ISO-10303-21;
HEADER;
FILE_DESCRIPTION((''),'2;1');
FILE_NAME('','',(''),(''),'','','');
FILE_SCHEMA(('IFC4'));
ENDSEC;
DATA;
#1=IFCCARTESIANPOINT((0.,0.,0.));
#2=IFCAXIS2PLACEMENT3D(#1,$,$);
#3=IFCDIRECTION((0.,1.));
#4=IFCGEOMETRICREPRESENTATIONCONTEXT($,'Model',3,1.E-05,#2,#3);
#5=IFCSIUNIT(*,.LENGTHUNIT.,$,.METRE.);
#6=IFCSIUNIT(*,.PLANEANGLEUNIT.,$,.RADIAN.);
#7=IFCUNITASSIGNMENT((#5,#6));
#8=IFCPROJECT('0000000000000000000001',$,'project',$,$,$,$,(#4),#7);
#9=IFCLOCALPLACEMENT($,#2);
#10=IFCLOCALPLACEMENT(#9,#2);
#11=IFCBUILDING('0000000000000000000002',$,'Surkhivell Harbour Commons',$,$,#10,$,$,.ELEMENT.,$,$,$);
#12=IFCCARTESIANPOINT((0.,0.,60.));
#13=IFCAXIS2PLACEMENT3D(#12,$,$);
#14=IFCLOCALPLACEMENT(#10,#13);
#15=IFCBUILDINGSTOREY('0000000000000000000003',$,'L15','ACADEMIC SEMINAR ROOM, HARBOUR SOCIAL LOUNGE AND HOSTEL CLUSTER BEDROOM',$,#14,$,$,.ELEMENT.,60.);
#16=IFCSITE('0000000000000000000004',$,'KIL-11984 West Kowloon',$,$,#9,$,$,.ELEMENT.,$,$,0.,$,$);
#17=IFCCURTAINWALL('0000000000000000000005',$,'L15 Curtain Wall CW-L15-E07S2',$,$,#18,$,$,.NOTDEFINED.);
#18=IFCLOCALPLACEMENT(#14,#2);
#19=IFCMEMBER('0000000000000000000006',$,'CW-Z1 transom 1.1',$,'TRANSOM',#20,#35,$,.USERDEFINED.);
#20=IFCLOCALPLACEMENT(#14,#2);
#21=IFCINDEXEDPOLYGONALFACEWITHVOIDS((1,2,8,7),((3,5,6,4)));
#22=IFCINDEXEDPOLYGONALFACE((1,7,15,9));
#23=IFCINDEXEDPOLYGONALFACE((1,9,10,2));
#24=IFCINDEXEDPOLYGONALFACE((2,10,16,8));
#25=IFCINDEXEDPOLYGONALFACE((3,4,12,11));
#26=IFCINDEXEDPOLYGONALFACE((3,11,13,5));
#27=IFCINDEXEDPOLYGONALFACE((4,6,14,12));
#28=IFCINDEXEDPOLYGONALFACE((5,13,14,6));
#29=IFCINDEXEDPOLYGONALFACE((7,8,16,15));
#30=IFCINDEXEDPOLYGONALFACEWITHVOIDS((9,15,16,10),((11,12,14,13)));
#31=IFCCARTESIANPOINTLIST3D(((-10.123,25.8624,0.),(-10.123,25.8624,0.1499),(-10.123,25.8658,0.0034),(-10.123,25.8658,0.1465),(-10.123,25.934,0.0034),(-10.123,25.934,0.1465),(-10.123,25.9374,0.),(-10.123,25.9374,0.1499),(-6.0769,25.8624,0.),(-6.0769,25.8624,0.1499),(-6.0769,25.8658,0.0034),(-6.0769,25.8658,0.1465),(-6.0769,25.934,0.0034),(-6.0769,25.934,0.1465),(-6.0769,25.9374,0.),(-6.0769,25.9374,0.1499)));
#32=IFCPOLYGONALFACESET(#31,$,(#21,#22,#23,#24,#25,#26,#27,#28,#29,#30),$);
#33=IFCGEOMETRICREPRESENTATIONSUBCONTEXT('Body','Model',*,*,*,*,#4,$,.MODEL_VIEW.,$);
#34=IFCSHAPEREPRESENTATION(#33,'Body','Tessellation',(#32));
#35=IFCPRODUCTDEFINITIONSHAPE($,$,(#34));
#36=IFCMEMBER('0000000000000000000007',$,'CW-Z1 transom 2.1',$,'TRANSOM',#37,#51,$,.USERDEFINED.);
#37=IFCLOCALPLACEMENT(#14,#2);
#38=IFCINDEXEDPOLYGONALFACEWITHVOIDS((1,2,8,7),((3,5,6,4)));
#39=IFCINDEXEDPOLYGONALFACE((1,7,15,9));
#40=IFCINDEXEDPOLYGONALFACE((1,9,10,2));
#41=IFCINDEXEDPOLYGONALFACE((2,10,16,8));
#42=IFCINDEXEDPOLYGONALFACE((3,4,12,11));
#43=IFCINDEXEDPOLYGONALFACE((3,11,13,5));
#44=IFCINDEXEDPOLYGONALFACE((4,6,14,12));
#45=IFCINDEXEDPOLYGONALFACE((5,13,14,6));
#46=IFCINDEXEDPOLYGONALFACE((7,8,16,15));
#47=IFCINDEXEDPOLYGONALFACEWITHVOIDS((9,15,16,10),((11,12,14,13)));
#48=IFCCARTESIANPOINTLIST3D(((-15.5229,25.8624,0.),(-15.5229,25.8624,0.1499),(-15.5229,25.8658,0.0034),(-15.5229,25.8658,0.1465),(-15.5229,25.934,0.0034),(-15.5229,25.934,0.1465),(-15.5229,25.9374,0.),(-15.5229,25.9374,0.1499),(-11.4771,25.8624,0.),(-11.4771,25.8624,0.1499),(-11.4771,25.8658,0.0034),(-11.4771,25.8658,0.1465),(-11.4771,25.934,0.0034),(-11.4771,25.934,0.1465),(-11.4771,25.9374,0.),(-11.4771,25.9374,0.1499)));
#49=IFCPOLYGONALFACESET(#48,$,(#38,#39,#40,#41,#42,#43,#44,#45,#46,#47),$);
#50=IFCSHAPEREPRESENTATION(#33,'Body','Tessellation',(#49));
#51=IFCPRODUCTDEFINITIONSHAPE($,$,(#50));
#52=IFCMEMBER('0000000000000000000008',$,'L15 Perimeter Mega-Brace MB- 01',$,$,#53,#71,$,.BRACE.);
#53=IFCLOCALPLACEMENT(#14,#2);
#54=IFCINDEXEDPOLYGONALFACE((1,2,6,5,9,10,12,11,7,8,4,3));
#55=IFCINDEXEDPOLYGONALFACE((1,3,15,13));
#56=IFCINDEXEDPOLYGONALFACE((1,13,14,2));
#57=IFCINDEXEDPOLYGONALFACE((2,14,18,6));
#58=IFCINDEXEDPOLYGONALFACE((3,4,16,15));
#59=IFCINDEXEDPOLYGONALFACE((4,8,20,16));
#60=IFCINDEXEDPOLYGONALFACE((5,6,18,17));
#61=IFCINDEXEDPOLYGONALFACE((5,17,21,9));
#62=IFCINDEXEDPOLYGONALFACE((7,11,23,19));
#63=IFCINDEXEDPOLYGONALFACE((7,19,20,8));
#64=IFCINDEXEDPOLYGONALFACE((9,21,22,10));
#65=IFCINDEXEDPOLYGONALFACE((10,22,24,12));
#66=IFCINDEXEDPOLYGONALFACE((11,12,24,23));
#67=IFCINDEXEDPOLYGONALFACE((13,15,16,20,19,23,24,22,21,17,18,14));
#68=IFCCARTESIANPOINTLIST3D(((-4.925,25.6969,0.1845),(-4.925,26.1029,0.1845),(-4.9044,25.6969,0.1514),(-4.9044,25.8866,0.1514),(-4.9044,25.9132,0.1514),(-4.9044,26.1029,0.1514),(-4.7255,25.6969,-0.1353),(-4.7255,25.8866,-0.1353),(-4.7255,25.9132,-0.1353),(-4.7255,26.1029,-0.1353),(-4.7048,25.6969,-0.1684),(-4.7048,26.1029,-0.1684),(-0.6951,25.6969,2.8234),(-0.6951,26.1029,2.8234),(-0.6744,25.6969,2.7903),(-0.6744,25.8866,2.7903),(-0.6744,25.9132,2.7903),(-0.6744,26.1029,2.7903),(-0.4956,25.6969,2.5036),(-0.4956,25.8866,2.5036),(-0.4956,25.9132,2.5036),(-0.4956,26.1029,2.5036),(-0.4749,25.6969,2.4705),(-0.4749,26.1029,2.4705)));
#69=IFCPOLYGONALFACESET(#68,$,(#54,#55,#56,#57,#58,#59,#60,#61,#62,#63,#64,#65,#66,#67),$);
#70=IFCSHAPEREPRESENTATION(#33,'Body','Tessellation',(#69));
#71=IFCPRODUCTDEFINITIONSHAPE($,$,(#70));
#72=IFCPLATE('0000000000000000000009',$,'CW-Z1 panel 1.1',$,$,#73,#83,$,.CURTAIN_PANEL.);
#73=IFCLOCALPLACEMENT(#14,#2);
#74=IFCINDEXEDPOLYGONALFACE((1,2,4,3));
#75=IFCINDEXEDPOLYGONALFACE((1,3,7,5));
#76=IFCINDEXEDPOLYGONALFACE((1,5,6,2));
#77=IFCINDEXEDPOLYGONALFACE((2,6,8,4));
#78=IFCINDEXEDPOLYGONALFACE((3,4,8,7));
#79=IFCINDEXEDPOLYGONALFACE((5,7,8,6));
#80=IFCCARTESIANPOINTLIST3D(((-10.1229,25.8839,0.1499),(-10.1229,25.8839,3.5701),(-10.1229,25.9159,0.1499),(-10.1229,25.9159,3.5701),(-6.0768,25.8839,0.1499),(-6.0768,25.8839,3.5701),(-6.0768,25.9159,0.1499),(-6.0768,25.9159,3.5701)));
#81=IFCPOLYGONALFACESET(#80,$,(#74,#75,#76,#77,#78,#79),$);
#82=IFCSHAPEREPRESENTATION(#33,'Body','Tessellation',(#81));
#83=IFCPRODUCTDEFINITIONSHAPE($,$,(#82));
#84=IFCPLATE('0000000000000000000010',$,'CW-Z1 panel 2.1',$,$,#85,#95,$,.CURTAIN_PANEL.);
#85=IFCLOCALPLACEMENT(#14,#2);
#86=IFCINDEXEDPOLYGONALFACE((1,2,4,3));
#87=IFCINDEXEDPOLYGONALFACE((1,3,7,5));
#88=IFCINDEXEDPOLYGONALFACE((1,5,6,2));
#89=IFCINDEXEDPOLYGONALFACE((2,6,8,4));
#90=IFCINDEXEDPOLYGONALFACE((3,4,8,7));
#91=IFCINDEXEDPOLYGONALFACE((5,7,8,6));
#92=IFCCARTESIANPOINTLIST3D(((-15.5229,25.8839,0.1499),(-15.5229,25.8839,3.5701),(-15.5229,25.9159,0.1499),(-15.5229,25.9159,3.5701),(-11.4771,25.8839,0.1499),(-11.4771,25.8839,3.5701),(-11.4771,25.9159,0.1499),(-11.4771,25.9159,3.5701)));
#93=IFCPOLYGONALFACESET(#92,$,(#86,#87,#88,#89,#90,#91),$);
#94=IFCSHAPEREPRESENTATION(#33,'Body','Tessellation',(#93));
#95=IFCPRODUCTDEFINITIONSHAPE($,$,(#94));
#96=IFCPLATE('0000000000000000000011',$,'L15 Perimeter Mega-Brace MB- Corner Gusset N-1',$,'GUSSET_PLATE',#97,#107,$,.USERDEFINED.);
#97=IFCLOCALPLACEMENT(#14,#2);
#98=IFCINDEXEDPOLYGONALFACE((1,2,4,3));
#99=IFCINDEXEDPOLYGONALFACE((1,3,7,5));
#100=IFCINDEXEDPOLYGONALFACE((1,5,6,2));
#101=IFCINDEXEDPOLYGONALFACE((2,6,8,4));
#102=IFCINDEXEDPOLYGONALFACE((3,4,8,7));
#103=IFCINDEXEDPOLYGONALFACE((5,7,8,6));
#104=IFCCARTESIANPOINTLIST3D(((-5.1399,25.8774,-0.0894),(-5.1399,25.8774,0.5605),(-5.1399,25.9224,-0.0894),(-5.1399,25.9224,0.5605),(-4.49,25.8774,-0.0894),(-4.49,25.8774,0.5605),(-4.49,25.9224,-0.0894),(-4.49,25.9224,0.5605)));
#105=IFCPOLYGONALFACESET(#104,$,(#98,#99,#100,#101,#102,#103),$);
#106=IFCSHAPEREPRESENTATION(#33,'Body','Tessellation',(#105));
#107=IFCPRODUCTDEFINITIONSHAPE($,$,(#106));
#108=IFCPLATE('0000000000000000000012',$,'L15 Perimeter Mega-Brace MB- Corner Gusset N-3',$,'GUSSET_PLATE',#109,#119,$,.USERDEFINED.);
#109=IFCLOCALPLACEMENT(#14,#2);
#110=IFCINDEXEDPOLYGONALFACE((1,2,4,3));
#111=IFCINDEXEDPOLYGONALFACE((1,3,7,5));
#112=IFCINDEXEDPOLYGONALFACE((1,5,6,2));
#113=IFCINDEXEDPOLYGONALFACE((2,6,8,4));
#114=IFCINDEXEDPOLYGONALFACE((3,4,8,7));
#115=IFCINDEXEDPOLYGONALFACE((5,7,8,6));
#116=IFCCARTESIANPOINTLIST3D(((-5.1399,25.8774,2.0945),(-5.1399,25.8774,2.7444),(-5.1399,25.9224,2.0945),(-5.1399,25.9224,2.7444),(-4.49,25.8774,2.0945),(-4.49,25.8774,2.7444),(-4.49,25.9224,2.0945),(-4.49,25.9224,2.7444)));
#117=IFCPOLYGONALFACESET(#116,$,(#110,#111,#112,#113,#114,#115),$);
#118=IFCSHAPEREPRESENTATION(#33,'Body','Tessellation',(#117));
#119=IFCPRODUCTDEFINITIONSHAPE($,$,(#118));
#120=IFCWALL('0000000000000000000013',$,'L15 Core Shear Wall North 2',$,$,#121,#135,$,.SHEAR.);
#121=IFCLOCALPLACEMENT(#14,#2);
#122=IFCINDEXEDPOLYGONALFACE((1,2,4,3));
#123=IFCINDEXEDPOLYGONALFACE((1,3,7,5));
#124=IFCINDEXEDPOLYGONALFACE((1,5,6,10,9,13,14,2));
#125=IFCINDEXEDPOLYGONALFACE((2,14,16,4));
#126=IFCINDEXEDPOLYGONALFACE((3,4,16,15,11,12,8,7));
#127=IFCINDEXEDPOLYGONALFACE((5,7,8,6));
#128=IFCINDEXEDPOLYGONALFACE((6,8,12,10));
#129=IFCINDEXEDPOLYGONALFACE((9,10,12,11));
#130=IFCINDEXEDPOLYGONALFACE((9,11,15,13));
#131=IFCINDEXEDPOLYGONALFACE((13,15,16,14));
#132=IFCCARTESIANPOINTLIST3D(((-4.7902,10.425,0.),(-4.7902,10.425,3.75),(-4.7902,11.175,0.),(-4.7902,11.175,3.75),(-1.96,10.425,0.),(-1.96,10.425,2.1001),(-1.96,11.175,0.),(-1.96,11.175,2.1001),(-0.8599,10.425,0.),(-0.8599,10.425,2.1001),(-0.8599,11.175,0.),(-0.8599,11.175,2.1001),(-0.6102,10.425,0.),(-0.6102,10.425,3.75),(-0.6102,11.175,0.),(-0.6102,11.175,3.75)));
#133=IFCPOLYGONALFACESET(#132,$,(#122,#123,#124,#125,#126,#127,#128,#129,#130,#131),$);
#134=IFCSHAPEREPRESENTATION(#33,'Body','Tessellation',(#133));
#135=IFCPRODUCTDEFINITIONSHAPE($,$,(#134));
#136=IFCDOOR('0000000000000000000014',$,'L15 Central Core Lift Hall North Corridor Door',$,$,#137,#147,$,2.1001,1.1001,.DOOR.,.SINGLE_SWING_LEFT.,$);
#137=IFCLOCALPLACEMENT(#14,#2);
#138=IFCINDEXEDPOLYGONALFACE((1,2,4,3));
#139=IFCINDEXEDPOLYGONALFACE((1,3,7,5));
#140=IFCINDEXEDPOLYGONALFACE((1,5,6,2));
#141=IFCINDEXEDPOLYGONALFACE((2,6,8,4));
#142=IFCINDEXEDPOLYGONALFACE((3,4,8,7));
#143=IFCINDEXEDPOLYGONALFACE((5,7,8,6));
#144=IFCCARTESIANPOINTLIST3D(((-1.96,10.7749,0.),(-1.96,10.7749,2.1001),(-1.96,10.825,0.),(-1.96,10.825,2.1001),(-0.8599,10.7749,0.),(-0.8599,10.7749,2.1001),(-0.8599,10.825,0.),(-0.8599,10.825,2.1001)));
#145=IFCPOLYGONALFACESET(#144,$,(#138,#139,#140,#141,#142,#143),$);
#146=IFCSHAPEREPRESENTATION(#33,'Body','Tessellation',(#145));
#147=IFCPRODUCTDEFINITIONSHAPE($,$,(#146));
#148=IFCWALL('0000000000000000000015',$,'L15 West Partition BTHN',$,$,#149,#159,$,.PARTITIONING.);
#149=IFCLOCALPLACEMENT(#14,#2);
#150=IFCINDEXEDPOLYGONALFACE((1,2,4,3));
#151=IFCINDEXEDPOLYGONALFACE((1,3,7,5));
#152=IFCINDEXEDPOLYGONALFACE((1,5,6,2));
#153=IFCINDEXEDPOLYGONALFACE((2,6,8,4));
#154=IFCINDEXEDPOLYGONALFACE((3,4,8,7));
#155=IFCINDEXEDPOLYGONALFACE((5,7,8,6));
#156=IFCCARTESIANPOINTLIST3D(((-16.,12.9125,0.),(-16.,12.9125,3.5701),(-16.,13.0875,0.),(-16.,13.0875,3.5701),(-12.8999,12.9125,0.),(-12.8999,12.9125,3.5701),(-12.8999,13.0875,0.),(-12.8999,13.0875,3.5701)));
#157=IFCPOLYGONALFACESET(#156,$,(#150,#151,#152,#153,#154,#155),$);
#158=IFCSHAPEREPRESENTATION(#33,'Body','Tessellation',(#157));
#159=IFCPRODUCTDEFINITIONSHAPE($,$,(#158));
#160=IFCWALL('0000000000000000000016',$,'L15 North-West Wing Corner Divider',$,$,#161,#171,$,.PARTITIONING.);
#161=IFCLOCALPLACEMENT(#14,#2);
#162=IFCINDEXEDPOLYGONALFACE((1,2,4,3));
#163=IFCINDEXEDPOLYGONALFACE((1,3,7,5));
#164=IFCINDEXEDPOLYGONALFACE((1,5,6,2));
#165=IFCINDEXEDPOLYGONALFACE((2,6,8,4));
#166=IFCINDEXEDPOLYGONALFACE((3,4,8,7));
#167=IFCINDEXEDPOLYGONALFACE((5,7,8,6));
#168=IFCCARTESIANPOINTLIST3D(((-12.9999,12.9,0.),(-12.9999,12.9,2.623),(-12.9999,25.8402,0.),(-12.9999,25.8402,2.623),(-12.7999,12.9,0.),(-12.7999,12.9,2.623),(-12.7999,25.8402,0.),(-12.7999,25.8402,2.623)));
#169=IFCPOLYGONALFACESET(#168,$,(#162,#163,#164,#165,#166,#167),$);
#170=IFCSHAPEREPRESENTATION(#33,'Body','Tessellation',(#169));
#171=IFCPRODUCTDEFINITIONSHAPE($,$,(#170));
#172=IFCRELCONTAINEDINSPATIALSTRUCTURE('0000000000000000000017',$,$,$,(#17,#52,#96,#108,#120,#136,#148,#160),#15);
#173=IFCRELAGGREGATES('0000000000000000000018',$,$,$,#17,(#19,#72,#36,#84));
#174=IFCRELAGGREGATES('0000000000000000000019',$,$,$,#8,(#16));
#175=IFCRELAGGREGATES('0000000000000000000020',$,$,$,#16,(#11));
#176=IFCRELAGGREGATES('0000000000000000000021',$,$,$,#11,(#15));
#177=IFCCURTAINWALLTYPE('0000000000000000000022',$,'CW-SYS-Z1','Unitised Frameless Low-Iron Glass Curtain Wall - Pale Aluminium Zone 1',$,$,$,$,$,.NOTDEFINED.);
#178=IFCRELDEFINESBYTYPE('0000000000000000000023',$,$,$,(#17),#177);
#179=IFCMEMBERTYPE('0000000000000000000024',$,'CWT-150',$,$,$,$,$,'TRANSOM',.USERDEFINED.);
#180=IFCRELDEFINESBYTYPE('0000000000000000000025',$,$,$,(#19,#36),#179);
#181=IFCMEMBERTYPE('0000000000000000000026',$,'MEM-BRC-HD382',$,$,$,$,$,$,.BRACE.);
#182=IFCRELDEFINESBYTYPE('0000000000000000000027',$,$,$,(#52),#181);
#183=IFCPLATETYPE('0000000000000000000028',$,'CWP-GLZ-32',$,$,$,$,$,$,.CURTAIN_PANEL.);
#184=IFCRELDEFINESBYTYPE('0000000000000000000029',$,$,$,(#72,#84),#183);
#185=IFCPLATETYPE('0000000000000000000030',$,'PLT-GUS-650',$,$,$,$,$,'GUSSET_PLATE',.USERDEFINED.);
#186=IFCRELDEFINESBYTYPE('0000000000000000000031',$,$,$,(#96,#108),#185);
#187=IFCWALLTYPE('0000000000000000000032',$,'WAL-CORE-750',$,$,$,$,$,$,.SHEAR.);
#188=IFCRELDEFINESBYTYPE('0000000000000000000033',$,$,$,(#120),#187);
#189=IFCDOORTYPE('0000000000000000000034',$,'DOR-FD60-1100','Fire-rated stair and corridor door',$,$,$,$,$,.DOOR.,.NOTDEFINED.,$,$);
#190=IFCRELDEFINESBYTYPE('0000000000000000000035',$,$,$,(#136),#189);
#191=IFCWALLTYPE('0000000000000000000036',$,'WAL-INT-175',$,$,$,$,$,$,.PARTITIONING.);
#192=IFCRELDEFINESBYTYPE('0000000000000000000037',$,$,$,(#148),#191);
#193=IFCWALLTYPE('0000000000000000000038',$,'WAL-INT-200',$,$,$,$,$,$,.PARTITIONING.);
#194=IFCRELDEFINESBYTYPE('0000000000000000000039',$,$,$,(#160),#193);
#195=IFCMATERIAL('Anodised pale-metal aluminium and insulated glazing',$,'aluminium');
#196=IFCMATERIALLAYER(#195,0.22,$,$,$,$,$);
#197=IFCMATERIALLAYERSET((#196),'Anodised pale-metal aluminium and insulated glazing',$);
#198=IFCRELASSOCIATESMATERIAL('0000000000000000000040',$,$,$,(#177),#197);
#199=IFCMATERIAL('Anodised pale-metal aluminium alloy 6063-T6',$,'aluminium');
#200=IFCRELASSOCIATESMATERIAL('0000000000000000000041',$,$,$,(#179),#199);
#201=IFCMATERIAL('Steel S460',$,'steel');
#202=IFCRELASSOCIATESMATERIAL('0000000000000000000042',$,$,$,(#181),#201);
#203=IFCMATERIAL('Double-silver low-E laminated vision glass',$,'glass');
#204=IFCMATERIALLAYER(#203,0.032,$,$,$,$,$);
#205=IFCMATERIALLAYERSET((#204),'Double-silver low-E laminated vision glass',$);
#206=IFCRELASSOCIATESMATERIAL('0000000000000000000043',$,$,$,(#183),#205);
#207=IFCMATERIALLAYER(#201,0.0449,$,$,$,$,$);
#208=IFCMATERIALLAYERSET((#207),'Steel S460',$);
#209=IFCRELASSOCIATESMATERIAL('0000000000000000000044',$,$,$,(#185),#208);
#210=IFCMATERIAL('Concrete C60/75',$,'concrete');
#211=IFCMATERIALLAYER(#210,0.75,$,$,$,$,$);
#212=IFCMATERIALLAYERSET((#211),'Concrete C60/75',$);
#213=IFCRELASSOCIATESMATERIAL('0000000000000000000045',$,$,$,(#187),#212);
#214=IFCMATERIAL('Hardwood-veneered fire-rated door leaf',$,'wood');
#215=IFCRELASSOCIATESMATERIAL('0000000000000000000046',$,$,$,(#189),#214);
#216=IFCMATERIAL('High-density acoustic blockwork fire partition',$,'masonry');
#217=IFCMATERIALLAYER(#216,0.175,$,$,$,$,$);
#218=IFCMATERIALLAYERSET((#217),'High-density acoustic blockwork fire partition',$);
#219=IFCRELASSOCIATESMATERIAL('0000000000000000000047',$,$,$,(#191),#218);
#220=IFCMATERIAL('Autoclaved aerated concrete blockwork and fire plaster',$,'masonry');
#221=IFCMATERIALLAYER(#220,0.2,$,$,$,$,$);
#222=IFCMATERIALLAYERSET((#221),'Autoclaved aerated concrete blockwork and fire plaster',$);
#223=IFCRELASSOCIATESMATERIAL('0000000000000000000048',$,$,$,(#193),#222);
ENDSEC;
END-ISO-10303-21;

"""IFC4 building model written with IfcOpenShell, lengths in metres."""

from ifc_helpers import new_model, si_unit, direction, frame, frame_2d, origin, origin_2d, place, context, subcontext, project, spatial, rectangle, hollow_rectangle, i_section, extrude, material, layer, layer_set, material_profile, profile_set, type_object, element, fill, aggregate, save


model = new_model("IFC4")

# Units and contexts
model_context = context("Model", 3, precision=1e-05, world=origin(), true_north=direction((0.0, 1.0)))
body_context = subcontext(model_context, "Body", "Model", "MODEL_VIEW")
ifc_project = project(units=[si_unit("LENGTHUNIT", "METRE"), si_unit("PLANEANGLEUNIT", "RADIAN")], contexts=[model_context])

# Site, building, storey
site_placement = place(None, origin())
site = spatial("IfcSite", under=ifc_project, at=site_placement, Name="KIL-11984 West Kowloon", CompositionType="ELEMENT", RefElevation=0.0)
building_placement = place(site_placement, origin())
building = spatial("IfcBuilding", under=site, at=building_placement, Name="Surkhivell Harbour Commons", CompositionType="ELEMENT")
storey_placement = place(building_placement, frame((0.0, 0.0, 60.0)))
storey = spatial("IfcBuildingStorey", under=building, at=storey_placement, Name="L15", Description="ACADEMIC SEMINAR ROOM, HARBOUR SOCIAL LOUNGE AND HOSTEL CLUSTER BEDROOM", CompositionType="ELEMENT", Elevation=60.0)

# Shared definitions
ifc_material_1 = material(Name="Steel S460", Category="steel")

# Curtain wall, members
ifc_material_2 = material(Name="Anodised pale-metal aluminium and insulated glazing", Category="aluminium")
ifc_layer_1 = layer(ifc_material_2, 0.22)
ifc_layer_set_1 = layer_set([ifc_layer_1], Name="Anodised pale-metal aluminium and insulated glazing")
curtain_wall_type = type_object("IfcCurtainWallType", Name="CW-SYS-Z1", Description="Unitised Frameless Low-Iron Glass Curtain Wall - Pale Aluminium Zone 1", PredefinedType="NOTDEFINED", material=ifc_layer_set_1)
curtain_wall_placement = place(storey_placement, origin())
curtain_wall = element("IfcCurtainWall", 1, at=curtain_wall_placement, inside=storey, type_object=curtain_wall_type, Name="L15 Curtain Wall CW-L15-E07S2", PredefinedType="NOTDEFINED")
ifc_material_3 = material(Name="Anodised pale-metal aluminium alloy 6063-T6", Category="aluminium")
ifc_material_profile_1 = material_profile(ifc_material_3, hollow_rectangle(XDim=0.075, YDim=0.1499, WallThickness=0.0034, at=origin_2d()), Name="ALU-TRAN-75x150")
ifc_profile_set_1 = profile_set([ifc_material_profile_1], Name="Anodised pale-metal aluminium alloy 6063-T6")
member_type_1 = type_object("IfcMemberType", Name="CWT-150", ElementType="TRANSOM", PredefinedType="USERDEFINED", material=ifc_profile_set_1)
member_1_placement = place(storey_placement, frame((-6.0769, 25.8999, 0.075), z_axis=(-1.0, 0.0, 0.0), x_axis=(0.0, -1.0, 0.0)))
member_1 = element("IfcMember", 2, at=member_1_placement, type_object=member_type_1, Name="CW-Z1 transom 1.1", ObjectType="TRANSOM", PredefinedType="USERDEFINED", context=body_context, shape_type="SweptSolid", body=[
    extrude(hollow_rectangle(XDim=0.075, YDim=0.1499, WallThickness=0.0034, at=origin_2d()), origin(), (0.0, 0.0, 1.0), 4.0461),
])
member_2_placement = place(storey_placement, frame((-11.4771, 25.8999, 0.075), z_axis=(-1.0, 0.0, 0.0), x_axis=(0.0, -1.0, 0.0)))
member_2 = element("IfcMember", 3, at=member_2_placement, type_object=member_type_1, Name="CW-Z1 transom 2.1", ObjectType="TRANSOM", PredefinedType="USERDEFINED", context=body_context, shape_type="SweptSolid", body=[
    extrude(hollow_rectangle(XDim=0.075, YDim=0.1499, WallThickness=0.0034, at=origin_2d()), origin(), (0.0, 0.0, 1.0), 4.0459),
])

# Member
ifc_material_profile_2 = material_profile(ifc_material_1, i_section(OverallWidth=0.406, OverallDepth=0.416, WebThickness=0.0266, FlangeThickness=0.0391, at=origin_2d()), Name="HD400x382")
ifc_profile_set_2 = profile_set([ifc_material_profile_2], Name="Steel S460")
member_type_2 = type_object("IfcMemberType", Name="MEM-BRC-HD382", PredefinedType="BRACE", material=ifc_profile_set_2)
member_3_placement = place(storey_placement, frame((-4.8149, 25.8999, 0.0081), z_axis=(0.848433, 0.0, 0.529303), x_axis=(0.0, 1.0, 0.0)))
element("IfcMember", 4, at=member_3_placement, inside=storey, type_object=member_type_2, Name="L15 Perimeter Mega-Brace MB- 01", PredefinedType="BRACE", context=body_context, shape_type="SweptSolid", body=[
    extrude(i_section(OverallWidth=0.406, OverallDepth=0.416, WebThickness=0.0266, FlangeThickness=0.0391, at=origin_2d()), origin(), (0.0, 0.0, 1.0), 4.9856),
])

# Plates
ifc_material_4 = material(Name="Double-silver low-E laminated vision glass", Category="glass")
ifc_layer_2 = layer(ifc_material_4, 0.032)
ifc_layer_set_2 = layer_set([ifc_layer_2], Name="Double-silver low-E laminated vision glass")
plate_type_1 = type_object("IfcPlateType", Name="CWP-GLZ-32", PredefinedType="CURTAIN_PANEL", material=ifc_layer_set_2)
plate_1_placement = place(storey_placement, frame((-6.0769, 25.8999, 0.1499), z_axis=(0.0, 0.0, 1.0), x_axis=(-1.0, 0.0, 0.0)))
plate_1 = element("IfcPlate", 5, at=plate_1_placement, type_object=plate_type_1, Name="CW-Z1 panel 1.1", PredefinedType="CURTAIN_PANEL", context=body_context, shape_type="SweptSolid", body=[
    extrude(rectangle(XDim=4.0461, YDim=0.032, at=frame_2d((2.0229, 0.0))), origin(), (0.0, 0.0, 1.0), 3.4202),
])
plate_2_placement = place(storey_placement, frame((-11.4771, 25.8999, 0.1499), z_axis=(0.0, 0.0, 1.0), x_axis=(-1.0, 0.0, 0.0)))
plate_2 = element("IfcPlate", 6, at=plate_2_placement, type_object=plate_type_1, Name="CW-Z1 panel 2.1", PredefinedType="CURTAIN_PANEL", context=body_context, shape_type="SweptSolid", body=[
    extrude(rectangle(XDim=4.0459, YDim=0.032, at=frame_2d((2.0229, 0.0))), origin(), (0.0, 0.0, 1.0), 3.4202),
])
aggregate(curtain_wall, [member_1, plate_1, member_2, plate_2])

# Plates
ifc_layer_3 = layer(ifc_material_1, 0.0449)
ifc_layer_set_3 = layer_set([ifc_layer_3], Name="Steel S460")
plate_type_2 = type_object("IfcPlateType", Name="PLT-GUS-650", ElementType="GUSSET_PLATE", PredefinedType="USERDEFINED", material=ifc_layer_set_3)
for number, where, z_axis, x_axis, name in (
    (7, (-4.8149, 25.8999, -0.0894), (0.0, 0.0, 1.0), (1.0, 0.0, 0.0), "L15 Perimeter Mega-Brace MB- Corner Gusset N-1"),
    (8, (-4.8149, 25.8999, 2.0945), (0.0, 0.0, 1.0), (1.0, 0.0, 0.0), "L15 Perimeter Mega-Brace MB- Corner Gusset N-3"),
):
    element("IfcPlate", number, at=place(storey_placement, frame(where, z_axis=z_axis, x_axis=x_axis)), inside=storey, type_object=plate_type_2, Name=name, ObjectType="GUSSET_PLATE", PredefinedType="USERDEFINED", context=body_context, shape_type="SweptSolid", body=[
        extrude(rectangle(XDim=0.6499, YDim=0.0449, at=origin_2d()), origin(), (0.0, 0.0, 1.0), 0.6499),
    ])

# Wall, opening, door
ifc_material_5 = material(Name="Concrete C60/75", Category="concrete")
ifc_layer_4 = layer(ifc_material_5, 0.75)
ifc_layer_set_4 = layer_set([ifc_layer_4], Name="Concrete C60/75")
wall_type_1 = type_object("IfcWallType", Name="WAL-CORE-750", PredefinedType="SHEAR", material=ifc_layer_set_4)
wall_1_placement = place(storey_placement, frame((-4.79, 10.8, 0.0), z_axis=(0.0, 0.0, 1.0), x_axis=(1.0, 0.0, 0.0)))
wall_1 = element("IfcWall", 9, at=wall_1_placement, inside=storey, type_object=wall_type_1, Name="L15 Core Shear Wall North 2", PredefinedType="SHEAR", context=body_context, shape_type="SweptSolid", body=[
    extrude(rectangle(XDim=4.1799, YDim=0.75, at=frame_2d((2.0898, 0.0))), origin(), (0.0, 0.0, 1.0), 3.75),
])
opening_1_placement = place(wall_1_placement, frame((2.8301, 0.0, 0.0)))
opening_1 = element("IfcOpeningElement", 10, at=opening_1_placement, cuts=wall_1, PredefinedType="OPENING", context=body_context, shape_type="SweptSolid", body=[
    extrude(rectangle(XDim=1.1001, YDim=2.1001, at=frame_2d((0.55, 1.05))), frame((0.0, 0.385, 0.0), z_axis=(0.0, -1.0, 0.0), x_axis=(1.0, 0.0, 0.0)), (0.0, 0.0, 1.0), 0.77),
])
ifc_material_6 = material(Name="Hardwood-veneered fire-rated door leaf", Category="wood")
door_type_1 = type_object("IfcDoorType", Name="DOR-FD60-1100", Description="Fire-rated stair and corridor door", OperationType="NOTDEFINED", PredefinedType="DOOR", material=ifc_material_6)
door_1_placement = place(opening_1_placement, origin())
door_1 = element("IfcDoor", 11, at=door_1_placement, inside=storey, type_object=door_type_1, Name="L15 Central Core Lift Hall North Corridor Door", OperationType="SINGLE_SWING_LEFT", OverallHeight=2.1001, OverallWidth=1.1001, PredefinedType="DOOR", context=body_context, shape_type="SweptSolid", body=[
    extrude(rectangle(XDim=1.1001, YDim=2.1001, at=frame_2d((0.55, 1.05))), frame((0.0, 0.0249, 0.0), z_axis=(0.0, -1.0, 0.0), x_axis=(1.0, 0.0, 0.0)), (0.0, 0.0, 1.0), 0.05),
])
fill(opening_1, door_1)

# Walls
ifc_material_7 = material(Name="High-density acoustic blockwork fire partition", Category="masonry")
ifc_layer_5 = layer(ifc_material_7, 0.175)
ifc_layer_set_5 = layer_set([ifc_layer_5], Name="High-density acoustic blockwork fire partition")
wall_type_2 = type_object("IfcWallType", Name="WAL-INT-175", PredefinedType="PARTITIONING", material=ifc_layer_set_5)
wall_2_placement = place(storey_placement, frame((-16.0, 13.0, 0.0), z_axis=(0.0, 0.0, 1.0), x_axis=(1.0, 0.0, 0.0)))
element("IfcWall", 12, at=wall_2_placement, inside=storey, type_object=wall_type_2, Name="L15 West Partition BTHN", PredefinedType="PARTITIONING", context=body_context, shape_type="SweptSolid", body=[
    extrude(rectangle(XDim=3.1001, YDim=0.175, at=frame_2d((1.55, 0.0))), origin(), (0.0, 0.0, 1.0), 3.5701),
])
ifc_material_8 = material(Name="Autoclaved aerated concrete blockwork and fire plaster", Category="masonry")
ifc_layer_6 = layer(ifc_material_8, 0.2)
ifc_layer_set_6 = layer_set([ifc_layer_6], Name="Autoclaved aerated concrete blockwork and fire plaster")
wall_type_3 = type_object("IfcWallType", Name="WAL-INT-200", PredefinedType="PARTITIONING", material=ifc_layer_set_6)
wall_3_placement = place(storey_placement, frame((-12.8999, 12.8999, 0.0), z_axis=(0.0, 0.0, 1.0), x_axis=(0.0, 1.0, 0.0)))
element("IfcWall", 13, at=wall_3_placement, inside=storey, type_object=wall_type_3, Name="L15 North-West Wing Corner Divider", PredefinedType="PARTITIONING", context=body_context, shape_type="SweptSolid", body=[
    extrude(rectangle(XDim=12.9402, YDim=0.2, at=frame_2d((6.4702, 0.0))), origin(), (0.0, 0.0, 1.0), 2.623),
])

save(model, "model.ifc")
